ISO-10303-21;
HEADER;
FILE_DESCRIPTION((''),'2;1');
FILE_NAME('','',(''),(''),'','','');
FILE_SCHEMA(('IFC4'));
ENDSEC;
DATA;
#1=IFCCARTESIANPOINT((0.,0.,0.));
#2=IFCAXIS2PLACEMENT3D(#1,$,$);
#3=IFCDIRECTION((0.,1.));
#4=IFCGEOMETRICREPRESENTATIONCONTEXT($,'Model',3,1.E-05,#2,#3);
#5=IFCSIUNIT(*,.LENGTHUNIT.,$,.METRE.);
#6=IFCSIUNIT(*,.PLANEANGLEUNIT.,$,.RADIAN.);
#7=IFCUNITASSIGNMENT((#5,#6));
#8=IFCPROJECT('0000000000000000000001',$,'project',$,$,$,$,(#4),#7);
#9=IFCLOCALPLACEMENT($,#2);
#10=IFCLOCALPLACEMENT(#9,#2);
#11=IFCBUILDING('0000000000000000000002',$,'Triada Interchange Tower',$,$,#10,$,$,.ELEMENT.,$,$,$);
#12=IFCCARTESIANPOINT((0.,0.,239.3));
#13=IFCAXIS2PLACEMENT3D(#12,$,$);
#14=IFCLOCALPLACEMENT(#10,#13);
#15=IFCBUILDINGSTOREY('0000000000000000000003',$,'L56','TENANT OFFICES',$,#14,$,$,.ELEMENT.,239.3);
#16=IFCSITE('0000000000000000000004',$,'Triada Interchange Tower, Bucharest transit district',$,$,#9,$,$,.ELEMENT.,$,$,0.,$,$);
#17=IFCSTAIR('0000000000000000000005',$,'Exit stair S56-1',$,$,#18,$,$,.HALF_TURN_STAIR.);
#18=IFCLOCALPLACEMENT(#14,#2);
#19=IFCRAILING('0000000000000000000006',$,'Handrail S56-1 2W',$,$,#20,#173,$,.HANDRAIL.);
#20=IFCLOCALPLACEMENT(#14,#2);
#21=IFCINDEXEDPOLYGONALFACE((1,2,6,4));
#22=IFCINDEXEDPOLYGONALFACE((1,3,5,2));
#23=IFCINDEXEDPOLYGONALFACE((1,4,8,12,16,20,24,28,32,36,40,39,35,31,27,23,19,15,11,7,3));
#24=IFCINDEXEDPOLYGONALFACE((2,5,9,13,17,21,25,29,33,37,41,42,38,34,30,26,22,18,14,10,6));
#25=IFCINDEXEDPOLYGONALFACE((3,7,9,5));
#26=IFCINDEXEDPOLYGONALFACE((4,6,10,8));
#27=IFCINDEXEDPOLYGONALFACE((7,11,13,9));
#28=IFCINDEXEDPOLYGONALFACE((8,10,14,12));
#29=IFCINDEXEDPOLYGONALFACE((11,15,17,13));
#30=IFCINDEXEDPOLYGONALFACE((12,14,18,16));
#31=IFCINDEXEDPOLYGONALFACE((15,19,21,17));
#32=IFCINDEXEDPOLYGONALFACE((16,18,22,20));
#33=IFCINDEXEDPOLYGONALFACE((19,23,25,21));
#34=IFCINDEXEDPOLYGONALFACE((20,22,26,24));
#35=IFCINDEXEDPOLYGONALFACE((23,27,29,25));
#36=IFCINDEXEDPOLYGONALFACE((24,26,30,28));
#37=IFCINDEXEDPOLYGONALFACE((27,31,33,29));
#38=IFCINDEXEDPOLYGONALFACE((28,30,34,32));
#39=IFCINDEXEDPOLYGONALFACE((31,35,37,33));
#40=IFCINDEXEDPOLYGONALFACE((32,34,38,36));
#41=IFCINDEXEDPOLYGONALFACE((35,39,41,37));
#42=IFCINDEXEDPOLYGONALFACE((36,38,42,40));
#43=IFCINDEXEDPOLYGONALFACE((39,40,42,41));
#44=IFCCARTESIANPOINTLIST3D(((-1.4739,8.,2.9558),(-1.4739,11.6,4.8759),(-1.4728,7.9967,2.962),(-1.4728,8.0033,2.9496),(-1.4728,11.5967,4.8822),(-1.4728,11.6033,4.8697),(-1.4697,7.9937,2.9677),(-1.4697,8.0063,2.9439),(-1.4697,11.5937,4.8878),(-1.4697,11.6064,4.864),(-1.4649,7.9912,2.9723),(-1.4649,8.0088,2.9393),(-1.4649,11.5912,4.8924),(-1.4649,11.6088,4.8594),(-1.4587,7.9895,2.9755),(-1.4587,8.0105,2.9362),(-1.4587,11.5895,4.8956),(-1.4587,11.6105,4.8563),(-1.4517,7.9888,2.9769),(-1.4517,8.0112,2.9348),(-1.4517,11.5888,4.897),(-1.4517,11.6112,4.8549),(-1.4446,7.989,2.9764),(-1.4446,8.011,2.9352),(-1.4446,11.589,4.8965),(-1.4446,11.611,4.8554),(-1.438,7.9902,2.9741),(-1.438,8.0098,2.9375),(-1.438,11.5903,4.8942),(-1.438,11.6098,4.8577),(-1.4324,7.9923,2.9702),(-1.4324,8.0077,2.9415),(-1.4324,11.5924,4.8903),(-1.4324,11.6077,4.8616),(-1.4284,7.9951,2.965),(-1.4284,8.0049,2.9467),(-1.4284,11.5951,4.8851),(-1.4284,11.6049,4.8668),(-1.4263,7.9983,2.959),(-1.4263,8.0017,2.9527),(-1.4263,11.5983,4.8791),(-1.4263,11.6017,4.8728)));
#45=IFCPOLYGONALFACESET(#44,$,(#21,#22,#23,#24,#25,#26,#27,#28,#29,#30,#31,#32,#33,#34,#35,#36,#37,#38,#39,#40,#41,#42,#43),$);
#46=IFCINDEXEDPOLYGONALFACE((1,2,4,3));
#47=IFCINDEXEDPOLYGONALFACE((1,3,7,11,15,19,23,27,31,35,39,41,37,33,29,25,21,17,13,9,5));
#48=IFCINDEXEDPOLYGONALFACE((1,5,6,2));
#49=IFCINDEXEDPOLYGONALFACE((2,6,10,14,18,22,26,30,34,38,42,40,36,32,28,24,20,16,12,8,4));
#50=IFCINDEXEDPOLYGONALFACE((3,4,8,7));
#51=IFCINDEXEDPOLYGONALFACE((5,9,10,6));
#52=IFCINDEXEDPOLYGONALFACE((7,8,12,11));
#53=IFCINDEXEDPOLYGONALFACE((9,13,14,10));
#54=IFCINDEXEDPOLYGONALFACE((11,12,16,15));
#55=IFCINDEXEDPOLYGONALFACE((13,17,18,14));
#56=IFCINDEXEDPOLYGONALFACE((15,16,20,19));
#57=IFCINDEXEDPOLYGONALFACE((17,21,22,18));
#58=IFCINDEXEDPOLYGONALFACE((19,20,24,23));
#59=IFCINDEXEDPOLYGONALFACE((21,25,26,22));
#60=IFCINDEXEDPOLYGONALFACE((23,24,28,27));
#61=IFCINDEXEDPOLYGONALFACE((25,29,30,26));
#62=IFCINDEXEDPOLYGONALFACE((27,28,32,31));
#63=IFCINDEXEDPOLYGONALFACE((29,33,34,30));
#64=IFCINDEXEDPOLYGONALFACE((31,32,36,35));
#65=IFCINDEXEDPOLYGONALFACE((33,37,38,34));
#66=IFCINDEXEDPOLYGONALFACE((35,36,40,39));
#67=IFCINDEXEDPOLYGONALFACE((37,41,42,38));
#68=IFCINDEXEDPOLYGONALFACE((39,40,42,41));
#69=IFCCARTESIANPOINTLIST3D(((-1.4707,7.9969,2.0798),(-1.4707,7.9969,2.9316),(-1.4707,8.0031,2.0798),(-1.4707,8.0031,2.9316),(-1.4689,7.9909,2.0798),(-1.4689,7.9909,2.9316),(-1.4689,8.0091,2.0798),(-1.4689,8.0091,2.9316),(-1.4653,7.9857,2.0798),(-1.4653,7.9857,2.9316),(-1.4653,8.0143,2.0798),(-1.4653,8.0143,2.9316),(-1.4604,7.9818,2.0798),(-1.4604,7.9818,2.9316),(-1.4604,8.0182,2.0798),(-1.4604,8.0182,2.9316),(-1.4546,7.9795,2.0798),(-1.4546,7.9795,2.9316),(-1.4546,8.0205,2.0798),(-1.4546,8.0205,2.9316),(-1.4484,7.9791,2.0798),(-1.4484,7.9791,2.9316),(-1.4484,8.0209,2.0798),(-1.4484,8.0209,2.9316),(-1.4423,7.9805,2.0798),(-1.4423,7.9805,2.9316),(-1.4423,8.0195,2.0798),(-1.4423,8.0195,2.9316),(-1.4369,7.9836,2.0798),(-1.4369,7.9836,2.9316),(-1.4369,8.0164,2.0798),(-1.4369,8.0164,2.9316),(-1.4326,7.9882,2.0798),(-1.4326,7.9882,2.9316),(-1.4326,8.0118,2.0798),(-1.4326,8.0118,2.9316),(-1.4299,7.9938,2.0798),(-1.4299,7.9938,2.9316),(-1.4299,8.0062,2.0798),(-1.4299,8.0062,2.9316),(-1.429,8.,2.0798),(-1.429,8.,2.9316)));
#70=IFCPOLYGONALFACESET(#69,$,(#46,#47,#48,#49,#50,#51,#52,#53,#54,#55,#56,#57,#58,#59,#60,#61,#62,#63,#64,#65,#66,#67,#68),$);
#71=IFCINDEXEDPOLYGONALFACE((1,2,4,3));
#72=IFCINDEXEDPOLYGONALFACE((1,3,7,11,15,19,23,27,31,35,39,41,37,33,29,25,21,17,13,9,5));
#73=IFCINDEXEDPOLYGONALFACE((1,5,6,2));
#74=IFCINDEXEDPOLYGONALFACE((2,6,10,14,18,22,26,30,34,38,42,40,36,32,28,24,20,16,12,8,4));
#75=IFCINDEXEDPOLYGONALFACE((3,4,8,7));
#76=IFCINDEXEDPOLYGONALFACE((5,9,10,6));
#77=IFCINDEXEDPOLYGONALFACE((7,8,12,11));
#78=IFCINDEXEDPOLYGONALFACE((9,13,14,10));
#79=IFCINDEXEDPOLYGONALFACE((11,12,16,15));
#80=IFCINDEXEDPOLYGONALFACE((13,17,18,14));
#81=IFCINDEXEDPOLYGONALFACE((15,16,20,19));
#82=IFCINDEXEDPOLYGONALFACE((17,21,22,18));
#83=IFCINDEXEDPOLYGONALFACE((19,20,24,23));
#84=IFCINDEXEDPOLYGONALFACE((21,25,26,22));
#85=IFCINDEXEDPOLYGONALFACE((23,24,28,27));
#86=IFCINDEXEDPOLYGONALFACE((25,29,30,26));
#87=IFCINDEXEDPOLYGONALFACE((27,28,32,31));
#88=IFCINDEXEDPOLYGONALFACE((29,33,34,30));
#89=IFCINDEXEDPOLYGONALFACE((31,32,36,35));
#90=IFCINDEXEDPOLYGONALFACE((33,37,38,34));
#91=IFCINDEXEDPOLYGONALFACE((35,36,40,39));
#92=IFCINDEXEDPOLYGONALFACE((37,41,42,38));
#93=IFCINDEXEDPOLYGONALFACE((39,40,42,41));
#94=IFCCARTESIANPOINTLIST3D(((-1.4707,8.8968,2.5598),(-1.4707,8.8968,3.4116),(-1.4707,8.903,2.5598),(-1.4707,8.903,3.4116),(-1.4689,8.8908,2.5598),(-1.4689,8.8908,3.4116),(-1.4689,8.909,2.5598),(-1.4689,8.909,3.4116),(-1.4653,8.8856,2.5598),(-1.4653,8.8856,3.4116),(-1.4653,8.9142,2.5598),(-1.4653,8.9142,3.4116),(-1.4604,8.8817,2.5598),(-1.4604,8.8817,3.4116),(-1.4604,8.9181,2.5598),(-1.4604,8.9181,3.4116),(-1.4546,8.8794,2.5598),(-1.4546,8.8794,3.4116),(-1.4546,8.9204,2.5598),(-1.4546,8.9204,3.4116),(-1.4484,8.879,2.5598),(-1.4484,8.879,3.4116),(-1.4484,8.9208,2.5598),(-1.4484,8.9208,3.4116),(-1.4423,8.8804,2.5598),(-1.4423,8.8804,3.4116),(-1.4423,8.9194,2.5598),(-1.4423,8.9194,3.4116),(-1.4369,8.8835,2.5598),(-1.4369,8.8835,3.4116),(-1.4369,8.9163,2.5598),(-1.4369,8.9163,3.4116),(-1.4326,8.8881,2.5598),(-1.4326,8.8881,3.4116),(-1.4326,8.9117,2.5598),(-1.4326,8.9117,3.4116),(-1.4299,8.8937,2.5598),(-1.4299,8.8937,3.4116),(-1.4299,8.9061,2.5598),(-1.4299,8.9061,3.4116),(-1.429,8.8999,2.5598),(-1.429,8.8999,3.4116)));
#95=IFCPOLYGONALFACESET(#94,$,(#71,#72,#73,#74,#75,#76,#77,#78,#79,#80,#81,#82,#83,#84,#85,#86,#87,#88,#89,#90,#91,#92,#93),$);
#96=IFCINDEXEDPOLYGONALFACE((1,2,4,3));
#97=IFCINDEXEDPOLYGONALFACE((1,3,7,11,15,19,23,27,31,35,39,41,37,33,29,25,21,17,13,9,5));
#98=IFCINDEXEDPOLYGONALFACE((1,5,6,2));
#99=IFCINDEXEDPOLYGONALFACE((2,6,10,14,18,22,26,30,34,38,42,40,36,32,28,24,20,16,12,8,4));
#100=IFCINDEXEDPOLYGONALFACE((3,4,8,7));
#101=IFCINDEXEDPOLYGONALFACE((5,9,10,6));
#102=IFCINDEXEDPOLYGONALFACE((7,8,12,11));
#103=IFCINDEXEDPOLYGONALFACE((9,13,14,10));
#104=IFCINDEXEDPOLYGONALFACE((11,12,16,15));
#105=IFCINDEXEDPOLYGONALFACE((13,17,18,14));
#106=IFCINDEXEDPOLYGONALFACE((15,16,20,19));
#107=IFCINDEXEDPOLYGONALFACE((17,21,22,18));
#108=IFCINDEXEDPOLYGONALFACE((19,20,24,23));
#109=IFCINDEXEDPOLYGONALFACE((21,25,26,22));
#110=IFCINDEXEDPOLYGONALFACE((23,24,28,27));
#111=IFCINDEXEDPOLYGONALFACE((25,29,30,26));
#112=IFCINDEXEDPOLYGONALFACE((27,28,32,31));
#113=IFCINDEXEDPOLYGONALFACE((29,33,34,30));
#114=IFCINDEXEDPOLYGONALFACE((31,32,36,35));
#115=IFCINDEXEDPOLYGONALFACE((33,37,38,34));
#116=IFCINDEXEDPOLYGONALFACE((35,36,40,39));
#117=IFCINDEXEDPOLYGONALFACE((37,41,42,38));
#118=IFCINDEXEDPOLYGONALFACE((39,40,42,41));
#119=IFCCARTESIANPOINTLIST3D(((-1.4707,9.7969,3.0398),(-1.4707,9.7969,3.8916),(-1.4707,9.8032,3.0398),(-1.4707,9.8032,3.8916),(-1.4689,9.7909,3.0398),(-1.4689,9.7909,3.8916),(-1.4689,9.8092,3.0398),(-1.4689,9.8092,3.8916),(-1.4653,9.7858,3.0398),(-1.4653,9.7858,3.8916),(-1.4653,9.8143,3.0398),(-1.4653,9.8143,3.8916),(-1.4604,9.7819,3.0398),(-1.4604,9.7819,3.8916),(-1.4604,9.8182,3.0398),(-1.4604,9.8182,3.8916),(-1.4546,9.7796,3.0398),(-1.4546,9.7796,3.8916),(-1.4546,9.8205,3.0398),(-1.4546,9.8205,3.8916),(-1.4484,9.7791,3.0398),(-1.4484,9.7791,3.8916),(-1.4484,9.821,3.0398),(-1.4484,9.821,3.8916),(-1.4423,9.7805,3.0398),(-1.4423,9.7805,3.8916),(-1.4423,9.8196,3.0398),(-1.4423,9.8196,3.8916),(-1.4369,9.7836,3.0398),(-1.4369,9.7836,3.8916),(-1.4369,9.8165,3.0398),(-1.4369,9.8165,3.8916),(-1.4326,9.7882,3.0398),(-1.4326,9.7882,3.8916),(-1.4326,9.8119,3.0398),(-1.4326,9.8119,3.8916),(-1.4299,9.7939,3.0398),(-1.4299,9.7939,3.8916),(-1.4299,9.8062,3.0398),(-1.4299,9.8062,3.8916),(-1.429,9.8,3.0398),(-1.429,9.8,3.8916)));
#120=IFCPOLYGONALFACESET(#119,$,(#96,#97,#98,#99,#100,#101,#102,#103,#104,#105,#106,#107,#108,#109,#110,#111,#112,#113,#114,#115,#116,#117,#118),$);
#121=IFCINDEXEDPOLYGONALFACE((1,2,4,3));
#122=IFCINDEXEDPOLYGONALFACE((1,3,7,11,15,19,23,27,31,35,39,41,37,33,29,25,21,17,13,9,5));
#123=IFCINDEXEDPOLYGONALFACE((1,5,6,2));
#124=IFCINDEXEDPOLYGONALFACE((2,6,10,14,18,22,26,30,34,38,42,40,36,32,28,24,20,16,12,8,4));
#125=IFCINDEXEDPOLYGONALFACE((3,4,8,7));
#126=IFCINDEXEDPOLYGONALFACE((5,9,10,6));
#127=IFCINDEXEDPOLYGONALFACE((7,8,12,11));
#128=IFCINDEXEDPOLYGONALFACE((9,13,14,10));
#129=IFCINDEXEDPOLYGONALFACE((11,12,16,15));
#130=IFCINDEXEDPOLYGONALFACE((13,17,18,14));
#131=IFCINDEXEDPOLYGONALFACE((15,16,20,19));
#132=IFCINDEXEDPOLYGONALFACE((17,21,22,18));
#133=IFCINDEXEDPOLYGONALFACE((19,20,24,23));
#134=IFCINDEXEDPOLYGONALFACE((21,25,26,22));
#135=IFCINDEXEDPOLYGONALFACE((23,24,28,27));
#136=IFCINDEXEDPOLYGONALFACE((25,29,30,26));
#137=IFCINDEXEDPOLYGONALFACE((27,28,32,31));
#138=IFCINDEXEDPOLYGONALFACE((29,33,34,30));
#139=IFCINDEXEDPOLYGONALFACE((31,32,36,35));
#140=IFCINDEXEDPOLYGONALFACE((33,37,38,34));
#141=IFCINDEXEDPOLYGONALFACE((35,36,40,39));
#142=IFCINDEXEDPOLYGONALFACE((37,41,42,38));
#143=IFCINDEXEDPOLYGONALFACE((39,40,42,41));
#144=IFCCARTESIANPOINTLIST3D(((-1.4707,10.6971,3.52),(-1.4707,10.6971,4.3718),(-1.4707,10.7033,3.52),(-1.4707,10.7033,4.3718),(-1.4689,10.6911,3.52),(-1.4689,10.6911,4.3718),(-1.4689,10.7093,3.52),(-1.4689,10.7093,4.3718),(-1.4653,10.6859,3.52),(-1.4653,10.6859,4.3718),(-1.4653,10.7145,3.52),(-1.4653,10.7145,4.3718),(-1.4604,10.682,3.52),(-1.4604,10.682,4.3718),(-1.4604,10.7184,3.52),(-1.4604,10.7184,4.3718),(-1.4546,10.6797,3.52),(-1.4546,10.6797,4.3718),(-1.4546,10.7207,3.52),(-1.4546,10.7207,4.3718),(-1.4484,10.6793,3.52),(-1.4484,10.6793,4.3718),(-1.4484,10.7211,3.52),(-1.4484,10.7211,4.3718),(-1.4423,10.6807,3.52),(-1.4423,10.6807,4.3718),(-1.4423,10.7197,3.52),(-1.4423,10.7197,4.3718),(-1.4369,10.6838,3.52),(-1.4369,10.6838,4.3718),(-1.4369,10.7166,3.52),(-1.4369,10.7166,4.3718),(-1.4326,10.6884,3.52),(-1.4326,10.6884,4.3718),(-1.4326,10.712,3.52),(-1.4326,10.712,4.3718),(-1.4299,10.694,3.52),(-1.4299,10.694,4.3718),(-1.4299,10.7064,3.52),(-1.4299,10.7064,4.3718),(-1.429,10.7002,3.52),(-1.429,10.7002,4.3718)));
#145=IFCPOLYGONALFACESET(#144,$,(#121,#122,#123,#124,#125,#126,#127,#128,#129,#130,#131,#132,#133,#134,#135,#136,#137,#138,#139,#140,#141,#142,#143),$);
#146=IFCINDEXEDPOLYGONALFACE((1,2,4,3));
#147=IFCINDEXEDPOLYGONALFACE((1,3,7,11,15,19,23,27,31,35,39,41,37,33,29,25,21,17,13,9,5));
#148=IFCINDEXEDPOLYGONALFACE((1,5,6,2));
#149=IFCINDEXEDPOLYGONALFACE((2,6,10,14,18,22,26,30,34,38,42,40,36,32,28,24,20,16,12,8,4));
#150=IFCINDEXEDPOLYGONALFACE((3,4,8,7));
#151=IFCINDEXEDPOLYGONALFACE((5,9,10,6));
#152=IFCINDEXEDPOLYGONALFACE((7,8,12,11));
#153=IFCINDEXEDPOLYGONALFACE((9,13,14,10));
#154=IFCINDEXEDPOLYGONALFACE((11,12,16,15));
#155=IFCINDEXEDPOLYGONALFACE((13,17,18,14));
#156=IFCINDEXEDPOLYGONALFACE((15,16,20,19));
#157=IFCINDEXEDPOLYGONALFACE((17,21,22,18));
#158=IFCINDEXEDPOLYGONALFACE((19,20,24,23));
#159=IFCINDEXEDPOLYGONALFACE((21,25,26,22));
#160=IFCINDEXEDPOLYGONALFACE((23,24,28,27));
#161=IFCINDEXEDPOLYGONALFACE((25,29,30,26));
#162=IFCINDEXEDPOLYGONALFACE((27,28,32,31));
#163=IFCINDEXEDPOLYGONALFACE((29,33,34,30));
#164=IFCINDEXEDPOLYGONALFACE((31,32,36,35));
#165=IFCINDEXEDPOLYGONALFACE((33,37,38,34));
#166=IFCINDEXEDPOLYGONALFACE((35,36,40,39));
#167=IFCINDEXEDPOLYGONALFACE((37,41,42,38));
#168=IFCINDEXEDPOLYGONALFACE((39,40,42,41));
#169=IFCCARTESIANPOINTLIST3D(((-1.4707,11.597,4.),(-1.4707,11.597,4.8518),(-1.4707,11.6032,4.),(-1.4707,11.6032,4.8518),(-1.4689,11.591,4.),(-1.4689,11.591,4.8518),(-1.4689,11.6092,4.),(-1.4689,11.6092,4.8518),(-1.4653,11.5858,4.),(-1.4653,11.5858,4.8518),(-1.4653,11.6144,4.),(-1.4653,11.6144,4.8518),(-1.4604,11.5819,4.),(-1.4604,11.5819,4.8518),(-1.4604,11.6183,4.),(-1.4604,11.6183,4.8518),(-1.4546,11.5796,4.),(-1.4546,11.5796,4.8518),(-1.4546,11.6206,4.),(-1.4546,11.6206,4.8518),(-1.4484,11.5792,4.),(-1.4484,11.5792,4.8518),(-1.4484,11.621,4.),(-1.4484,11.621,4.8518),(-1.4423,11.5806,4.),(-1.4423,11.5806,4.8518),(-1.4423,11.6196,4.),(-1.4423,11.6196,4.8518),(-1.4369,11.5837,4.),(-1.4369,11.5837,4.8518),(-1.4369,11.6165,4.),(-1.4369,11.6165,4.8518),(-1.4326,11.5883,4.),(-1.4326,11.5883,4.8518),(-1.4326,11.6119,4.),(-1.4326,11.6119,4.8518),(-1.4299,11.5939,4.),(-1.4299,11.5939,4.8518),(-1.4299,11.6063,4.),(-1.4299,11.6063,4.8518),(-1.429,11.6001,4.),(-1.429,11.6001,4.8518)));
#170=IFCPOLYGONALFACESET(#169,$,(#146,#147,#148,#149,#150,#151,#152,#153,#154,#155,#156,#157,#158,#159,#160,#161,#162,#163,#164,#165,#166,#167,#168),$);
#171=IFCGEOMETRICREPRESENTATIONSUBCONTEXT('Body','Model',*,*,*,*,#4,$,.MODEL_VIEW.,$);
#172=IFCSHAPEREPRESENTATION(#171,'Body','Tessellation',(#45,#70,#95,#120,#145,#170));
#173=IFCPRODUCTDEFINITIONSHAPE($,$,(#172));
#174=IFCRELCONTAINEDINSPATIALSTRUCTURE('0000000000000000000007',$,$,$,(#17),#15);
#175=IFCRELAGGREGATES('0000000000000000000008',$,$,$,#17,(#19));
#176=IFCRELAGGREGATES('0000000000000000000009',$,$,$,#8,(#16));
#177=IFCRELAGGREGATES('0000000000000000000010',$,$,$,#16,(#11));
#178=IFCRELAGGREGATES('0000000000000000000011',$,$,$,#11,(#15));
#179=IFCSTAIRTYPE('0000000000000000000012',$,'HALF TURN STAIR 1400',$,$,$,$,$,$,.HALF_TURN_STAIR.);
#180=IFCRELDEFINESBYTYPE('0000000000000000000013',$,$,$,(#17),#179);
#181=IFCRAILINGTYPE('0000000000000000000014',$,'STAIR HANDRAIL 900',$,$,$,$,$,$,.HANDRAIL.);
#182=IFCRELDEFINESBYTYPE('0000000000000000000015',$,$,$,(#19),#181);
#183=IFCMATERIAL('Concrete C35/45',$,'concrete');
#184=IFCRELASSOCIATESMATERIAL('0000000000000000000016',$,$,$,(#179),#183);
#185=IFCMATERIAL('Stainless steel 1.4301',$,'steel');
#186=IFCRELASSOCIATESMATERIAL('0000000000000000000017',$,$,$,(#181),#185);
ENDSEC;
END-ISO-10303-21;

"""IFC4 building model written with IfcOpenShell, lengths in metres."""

from ifc_helpers import new_model, si_unit, direction, frame, origin, origin_2d, place, context, subcontext, project, spatial, circle, extrude, material, type_object, element, aggregate, save


model = new_model("IFC4")

# Units and contexts
model_context = context("Model", 3, precision=1e-05, world=origin(), true_north=direction((0.0, 1.0)))
body_context = subcontext(model_context, "Body", "Model", "MODEL_VIEW")
ifc_project = project(units=[si_unit("LENGTHUNIT", "METRE"), si_unit("PLANEANGLEUNIT", "RADIAN")], contexts=[model_context])

# Site, building, storey
site_placement = place(None, origin())
site = spatial("IfcSite", under=ifc_project, at=site_placement, Name="Triada Interchange Tower, Bucharest transit district", CompositionType="ELEMENT", RefElevation=0.0)
building_placement = place(site_placement, origin())
building = spatial("IfcBuilding", under=site, at=building_placement, Name="Triada Interchange Tower", CompositionType="ELEMENT")
storey_placement = place(building_placement, frame((0.0, 0.0, 239.3)))
storey = spatial("IfcBuildingStorey", under=building, at=storey_placement, Name="L56", Description="TENANT OFFICES", CompositionType="ELEMENT", Elevation=239.3)

# Stair, railing
ifc_material_1 = material(Name="Concrete C35/45", Category="concrete")
stair_type = type_object("IfcStairType", Name="HALF TURN STAIR 1400", PredefinedType="HALF_TURN_STAIR", material=ifc_material_1)
stair_placement = place(storey_placement, origin())
stair = element("IfcStair", 1, at=stair_placement, inside=storey, type_object=stair_type, Name="Exit stair S56-1", PredefinedType="HALF_TURN_STAIR")
ifc_material_2 = material(Name="Stainless steel 1.4301", Category="steel")
railing_type = type_object("IfcRailingType", Name="STAIR HANDRAIL 900", PredefinedType="HANDRAIL", material=ifc_material_2)
railing_1_placement = place(storey_placement, frame((-1.45, 8.0, 2.0798)))
railing_1 = element("IfcRailing", 2, at=railing_1_placement, type_object=railing_type, Name="Handrail S56-1 2W", PredefinedType="HANDRAIL", context=body_context, shape_type="SweptSolid", body=[
    extrude(circle(Radius=0.0239, at=origin_2d()), frame((0.0, 0.0, 0.876), z_axis=(0.0, 0.882341, 0.47061), x_axis=(-1.0, 0.0, 0.0)), (0.0, 0.0, 1.0), 4.0801),
    extrude(circle(Radius=0.021, at=origin_2d()), origin(), (0.0, 0.0, 1.0), 0.8518),
    extrude(circle(Radius=0.021, at=origin_2d()), frame((0.0, 0.8999, 0.48)), (0.0, 0.0, 1.0), 0.8518),
    extrude(circle(Radius=0.021, at=origin_2d()), frame((0.0, 1.8, 0.96)), (0.0, 0.0, 1.0), 0.8518),
    extrude(circle(Radius=0.021, at=origin_2d()), frame((0.0, 2.7002, 1.4402)), (0.0, 0.0, 1.0), 0.8518),
    extrude(circle(Radius=0.021, at=origin_2d()), frame((0.0, 3.6001, 1.9202)), (0.0, 0.0, 1.0), 0.8518),
])
aggregate(stair, [railing_1])

save(model, "model.ifc")
